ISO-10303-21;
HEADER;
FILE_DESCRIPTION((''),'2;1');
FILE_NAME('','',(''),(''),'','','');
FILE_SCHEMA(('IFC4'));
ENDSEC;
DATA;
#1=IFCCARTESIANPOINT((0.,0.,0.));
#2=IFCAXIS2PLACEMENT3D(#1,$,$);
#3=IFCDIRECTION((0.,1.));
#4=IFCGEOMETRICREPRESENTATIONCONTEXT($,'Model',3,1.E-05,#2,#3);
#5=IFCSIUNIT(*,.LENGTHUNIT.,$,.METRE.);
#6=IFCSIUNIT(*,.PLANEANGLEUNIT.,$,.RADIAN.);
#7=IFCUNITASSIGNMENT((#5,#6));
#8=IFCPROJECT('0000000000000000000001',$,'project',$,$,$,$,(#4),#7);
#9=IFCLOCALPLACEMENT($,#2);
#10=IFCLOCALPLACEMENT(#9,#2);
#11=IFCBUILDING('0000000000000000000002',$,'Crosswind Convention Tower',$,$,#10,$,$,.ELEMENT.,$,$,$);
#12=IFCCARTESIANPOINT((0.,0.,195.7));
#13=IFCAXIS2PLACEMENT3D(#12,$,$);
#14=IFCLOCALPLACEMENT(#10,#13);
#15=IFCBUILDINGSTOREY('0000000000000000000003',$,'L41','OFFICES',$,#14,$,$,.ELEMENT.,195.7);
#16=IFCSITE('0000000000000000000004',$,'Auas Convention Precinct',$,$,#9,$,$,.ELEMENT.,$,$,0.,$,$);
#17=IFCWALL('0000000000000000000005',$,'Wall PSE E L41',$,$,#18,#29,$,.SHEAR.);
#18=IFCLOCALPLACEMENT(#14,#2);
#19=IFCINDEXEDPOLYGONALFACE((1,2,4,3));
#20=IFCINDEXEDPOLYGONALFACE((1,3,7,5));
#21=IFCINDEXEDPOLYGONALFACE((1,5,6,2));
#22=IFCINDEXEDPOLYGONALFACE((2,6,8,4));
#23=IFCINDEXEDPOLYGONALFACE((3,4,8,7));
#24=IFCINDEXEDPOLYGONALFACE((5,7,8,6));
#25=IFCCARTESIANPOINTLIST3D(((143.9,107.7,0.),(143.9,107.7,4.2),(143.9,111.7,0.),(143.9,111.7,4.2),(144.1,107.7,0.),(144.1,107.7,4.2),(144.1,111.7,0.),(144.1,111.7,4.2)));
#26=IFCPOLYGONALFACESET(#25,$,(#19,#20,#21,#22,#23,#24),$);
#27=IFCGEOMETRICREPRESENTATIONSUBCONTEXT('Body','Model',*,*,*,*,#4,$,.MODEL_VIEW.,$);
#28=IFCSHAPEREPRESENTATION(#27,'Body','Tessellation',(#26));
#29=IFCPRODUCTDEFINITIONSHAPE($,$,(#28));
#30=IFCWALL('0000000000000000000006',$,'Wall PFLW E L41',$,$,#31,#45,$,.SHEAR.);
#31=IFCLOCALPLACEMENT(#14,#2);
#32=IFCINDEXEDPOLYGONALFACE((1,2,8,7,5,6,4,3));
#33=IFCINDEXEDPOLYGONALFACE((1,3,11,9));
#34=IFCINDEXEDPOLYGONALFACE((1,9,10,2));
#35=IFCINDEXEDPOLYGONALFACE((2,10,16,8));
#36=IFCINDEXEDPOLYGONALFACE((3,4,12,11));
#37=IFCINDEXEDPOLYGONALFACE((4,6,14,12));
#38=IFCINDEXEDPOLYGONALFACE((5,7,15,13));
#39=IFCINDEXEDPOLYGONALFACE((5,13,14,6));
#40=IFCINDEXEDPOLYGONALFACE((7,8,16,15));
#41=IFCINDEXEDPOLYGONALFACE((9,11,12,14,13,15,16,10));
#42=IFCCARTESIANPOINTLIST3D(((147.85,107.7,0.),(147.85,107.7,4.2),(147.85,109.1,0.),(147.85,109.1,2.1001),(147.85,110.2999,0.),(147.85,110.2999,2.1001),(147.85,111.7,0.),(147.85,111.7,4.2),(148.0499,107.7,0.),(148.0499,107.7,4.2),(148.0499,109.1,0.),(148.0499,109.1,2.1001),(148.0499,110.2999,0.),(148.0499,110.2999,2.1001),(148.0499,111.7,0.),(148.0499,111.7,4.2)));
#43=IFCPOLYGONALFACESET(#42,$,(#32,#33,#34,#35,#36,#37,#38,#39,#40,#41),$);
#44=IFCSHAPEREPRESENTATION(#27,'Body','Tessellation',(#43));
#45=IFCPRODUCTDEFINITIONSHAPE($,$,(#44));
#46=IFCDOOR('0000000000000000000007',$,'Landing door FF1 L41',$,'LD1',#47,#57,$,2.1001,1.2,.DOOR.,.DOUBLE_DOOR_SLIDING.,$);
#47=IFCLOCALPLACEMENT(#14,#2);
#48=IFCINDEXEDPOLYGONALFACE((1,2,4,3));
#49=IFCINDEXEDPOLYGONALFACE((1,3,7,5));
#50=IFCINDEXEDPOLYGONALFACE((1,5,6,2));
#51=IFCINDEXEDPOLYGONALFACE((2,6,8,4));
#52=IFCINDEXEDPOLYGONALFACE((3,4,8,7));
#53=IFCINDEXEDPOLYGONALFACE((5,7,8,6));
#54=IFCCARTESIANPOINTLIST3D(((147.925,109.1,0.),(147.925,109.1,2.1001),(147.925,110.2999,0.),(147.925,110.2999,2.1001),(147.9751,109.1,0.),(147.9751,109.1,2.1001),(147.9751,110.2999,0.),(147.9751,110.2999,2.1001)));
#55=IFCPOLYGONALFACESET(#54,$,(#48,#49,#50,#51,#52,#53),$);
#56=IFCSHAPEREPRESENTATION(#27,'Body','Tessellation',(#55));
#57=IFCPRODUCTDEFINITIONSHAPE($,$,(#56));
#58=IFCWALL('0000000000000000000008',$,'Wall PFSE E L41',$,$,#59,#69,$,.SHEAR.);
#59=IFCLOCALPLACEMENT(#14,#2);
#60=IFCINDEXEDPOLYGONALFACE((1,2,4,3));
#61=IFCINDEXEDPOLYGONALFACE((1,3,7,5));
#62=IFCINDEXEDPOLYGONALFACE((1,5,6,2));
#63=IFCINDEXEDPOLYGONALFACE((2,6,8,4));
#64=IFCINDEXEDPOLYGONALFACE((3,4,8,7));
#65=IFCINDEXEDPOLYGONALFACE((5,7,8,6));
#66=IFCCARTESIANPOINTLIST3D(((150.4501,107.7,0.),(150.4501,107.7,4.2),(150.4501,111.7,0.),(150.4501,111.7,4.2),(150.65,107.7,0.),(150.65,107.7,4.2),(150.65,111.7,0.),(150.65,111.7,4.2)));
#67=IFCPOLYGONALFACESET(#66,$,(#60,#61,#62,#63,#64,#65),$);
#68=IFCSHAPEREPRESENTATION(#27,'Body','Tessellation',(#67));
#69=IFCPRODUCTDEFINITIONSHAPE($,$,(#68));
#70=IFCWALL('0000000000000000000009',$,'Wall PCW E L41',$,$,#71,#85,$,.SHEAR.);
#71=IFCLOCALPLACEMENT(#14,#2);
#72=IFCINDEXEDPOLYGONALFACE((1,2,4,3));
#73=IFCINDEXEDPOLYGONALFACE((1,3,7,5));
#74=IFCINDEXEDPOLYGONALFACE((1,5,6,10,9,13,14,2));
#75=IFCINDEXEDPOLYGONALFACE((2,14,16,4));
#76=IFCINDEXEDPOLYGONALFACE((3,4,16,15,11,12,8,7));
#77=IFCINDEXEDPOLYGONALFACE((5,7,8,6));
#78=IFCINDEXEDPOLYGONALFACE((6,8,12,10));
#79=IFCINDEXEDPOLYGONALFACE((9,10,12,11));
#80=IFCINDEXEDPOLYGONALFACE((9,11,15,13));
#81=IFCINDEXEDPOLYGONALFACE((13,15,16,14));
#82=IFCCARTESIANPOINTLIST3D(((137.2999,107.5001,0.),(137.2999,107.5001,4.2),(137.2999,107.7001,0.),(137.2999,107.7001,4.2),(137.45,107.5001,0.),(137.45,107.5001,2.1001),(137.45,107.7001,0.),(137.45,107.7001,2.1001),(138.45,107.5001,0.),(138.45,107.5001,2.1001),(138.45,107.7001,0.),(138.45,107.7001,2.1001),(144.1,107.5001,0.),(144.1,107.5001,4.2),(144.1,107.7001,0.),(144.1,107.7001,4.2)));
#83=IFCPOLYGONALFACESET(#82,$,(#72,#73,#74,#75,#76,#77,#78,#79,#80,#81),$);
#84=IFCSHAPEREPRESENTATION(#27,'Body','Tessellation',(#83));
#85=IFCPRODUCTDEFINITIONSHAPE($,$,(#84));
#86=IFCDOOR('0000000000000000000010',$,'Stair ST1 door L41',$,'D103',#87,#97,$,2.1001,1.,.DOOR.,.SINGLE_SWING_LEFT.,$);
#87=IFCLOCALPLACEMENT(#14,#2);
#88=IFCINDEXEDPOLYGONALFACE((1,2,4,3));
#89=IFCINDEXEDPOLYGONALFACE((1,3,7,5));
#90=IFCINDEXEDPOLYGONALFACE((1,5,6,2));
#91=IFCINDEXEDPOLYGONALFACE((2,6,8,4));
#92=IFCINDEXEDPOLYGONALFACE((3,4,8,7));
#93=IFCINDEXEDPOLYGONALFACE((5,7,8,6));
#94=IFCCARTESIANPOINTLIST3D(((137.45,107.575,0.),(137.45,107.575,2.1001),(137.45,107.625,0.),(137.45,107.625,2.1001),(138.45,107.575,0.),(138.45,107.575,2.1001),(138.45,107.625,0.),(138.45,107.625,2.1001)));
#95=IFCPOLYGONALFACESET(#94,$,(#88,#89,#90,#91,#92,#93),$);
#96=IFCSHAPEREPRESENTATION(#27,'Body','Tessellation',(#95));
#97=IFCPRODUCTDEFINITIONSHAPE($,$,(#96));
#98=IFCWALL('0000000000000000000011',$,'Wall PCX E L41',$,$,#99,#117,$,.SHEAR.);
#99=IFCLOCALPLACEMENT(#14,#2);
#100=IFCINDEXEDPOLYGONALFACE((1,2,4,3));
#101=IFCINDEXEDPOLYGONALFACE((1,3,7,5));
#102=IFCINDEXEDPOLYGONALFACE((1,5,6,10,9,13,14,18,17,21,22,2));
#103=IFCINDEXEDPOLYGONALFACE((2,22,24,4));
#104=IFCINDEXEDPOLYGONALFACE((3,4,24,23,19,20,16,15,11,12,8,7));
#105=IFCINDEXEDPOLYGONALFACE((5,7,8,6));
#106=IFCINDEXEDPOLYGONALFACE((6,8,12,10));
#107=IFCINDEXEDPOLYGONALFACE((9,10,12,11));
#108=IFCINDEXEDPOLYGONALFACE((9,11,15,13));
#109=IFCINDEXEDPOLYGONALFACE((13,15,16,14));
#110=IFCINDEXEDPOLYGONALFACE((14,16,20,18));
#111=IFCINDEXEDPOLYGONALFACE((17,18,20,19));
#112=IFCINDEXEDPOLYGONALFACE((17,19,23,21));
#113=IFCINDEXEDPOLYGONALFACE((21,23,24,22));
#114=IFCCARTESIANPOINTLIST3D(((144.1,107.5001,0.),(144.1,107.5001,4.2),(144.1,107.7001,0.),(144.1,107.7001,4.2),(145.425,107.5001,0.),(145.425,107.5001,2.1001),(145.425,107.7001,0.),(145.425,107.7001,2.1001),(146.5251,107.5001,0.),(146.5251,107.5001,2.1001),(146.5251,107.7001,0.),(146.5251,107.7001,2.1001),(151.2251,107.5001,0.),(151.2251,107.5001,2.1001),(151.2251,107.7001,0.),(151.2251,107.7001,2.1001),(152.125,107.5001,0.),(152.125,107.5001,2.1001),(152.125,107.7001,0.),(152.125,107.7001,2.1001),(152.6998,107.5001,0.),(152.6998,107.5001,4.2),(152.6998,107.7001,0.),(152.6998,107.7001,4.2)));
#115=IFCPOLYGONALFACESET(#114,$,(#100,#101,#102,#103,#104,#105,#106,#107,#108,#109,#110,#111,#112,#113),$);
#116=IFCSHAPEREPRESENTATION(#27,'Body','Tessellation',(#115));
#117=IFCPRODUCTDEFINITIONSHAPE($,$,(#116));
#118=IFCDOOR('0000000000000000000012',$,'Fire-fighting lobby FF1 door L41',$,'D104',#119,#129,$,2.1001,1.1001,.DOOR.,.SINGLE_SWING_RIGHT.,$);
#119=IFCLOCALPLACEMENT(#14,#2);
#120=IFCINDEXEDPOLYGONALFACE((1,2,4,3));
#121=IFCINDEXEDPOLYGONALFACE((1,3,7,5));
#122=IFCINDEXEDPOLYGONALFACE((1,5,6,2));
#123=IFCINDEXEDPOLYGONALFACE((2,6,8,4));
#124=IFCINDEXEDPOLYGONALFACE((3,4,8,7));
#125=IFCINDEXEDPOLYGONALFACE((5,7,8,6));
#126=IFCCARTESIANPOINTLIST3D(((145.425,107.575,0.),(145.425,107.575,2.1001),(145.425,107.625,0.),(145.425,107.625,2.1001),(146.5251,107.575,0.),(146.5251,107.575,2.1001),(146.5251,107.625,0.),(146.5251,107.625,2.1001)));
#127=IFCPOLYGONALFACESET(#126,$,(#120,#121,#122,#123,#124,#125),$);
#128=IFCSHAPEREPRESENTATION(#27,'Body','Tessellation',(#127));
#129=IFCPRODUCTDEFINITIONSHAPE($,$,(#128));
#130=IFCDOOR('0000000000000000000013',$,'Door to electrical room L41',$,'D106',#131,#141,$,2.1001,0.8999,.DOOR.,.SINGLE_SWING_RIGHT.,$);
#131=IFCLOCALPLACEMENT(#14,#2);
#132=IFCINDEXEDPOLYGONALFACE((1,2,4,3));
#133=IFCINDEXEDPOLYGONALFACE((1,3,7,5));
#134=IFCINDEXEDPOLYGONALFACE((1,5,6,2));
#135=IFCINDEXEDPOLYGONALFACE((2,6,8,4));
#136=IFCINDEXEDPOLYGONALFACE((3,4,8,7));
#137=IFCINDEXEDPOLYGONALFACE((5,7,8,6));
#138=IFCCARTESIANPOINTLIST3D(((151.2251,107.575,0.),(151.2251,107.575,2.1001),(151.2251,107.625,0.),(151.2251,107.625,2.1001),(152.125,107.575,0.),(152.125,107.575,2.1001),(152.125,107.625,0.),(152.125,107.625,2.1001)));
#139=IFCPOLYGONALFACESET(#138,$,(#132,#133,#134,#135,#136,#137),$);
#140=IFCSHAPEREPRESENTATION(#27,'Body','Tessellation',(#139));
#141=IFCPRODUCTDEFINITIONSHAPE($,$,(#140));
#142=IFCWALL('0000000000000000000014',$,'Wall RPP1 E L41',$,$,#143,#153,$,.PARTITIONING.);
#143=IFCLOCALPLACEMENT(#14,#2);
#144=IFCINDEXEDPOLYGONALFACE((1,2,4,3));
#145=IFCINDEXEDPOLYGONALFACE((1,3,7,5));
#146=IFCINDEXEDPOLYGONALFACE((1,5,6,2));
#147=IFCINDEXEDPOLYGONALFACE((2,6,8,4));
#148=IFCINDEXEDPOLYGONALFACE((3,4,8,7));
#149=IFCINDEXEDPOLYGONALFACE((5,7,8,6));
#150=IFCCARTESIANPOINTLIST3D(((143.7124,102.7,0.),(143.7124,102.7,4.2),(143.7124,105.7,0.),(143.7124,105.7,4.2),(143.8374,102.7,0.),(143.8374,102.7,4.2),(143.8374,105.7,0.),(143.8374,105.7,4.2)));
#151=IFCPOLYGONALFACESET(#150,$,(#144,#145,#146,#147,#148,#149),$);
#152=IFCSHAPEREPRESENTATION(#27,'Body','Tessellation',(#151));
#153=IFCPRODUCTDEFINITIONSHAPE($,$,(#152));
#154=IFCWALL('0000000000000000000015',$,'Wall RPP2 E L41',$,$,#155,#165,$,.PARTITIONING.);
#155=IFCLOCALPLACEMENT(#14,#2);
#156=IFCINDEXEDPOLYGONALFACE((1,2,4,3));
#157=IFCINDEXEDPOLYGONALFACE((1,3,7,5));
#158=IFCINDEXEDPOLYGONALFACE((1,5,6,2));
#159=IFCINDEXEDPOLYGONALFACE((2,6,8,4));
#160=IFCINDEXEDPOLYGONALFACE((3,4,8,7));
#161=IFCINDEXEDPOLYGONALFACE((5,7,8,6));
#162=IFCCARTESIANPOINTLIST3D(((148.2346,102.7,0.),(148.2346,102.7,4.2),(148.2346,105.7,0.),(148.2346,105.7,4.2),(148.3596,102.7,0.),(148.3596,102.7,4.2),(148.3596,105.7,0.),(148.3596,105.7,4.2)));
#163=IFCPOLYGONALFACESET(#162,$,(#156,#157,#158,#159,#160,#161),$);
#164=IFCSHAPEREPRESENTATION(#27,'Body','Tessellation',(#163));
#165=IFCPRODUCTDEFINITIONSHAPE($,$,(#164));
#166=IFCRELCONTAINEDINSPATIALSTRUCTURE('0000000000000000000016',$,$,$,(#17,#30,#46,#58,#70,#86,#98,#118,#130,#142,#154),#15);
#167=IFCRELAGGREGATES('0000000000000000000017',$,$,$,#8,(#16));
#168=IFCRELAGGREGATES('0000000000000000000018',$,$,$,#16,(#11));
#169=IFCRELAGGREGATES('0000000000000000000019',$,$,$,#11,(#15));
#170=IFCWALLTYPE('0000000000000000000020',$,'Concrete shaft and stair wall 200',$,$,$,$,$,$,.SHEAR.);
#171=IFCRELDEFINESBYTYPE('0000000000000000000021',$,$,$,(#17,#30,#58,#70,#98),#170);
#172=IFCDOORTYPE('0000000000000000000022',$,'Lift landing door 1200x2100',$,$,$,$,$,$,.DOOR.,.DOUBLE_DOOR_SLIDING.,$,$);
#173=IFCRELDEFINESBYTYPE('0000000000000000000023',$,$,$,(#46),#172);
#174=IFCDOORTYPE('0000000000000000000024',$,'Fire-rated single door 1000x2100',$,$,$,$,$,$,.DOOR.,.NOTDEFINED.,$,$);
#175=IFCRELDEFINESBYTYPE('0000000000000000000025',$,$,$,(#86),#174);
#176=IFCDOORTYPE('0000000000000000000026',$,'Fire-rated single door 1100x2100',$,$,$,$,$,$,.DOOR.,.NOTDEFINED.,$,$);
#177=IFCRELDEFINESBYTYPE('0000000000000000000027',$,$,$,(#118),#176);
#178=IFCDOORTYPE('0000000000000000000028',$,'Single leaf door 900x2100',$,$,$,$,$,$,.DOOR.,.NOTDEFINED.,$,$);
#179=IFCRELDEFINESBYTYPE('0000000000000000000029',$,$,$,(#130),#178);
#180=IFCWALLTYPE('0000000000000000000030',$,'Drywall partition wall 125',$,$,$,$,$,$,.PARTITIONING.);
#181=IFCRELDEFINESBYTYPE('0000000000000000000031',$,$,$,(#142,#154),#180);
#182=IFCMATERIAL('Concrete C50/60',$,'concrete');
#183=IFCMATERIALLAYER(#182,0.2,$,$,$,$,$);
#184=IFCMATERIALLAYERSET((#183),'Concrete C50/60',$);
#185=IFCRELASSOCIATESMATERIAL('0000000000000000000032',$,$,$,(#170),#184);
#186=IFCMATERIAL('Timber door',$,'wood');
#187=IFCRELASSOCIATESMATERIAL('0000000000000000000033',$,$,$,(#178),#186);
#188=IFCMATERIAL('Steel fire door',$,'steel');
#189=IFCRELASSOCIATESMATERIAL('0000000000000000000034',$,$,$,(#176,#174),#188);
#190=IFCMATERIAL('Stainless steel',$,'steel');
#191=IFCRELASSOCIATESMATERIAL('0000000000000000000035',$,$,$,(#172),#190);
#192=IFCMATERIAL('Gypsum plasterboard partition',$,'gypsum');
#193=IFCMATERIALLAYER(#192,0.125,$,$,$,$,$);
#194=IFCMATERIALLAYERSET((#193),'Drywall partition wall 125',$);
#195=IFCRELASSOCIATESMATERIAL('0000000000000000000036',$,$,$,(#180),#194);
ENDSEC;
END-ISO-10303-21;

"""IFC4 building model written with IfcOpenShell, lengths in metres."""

from ifc_helpers import new_model, si_unit, direction, frame, frame_2d, origin, place, context, subcontext, project, spatial, rectangle, extrude, material, layer, layer_set, type_object, element, fill, save


model = new_model("IFC4")

# Units and contexts
model_context = context("Model", 3, precision=1e-05, world=origin(), true_north=direction((0.0, 1.0)))
body_context = subcontext(model_context, "Body", "Model", "MODEL_VIEW")
ifc_project = project(units=[si_unit("LENGTHUNIT", "METRE"), si_unit("PLANEANGLEUNIT", "RADIAN")], contexts=[model_context])

# Site, building, storey
site_placement = place(None, origin())
site = spatial("IfcSite", under=ifc_project, at=site_placement, Name="Auas Convention Precinct", CompositionType="ELEMENT", RefElevation=0.0)
building_placement = place(site_placement, origin())
building = spatial("IfcBuilding", under=site, at=building_placement, Name="Crosswind Convention Tower", CompositionType="ELEMENT")
storey_placement = place(building_placement, frame((0.0, 0.0, 195.7)))
storey = spatial("IfcBuildingStorey", under=building, at=storey_placement, Name="L41", Description="OFFICES", CompositionType="ELEMENT", Elevation=195.7)

# Shared definitions
ifc_material_1 = material(Name="Concrete C50/60", Category="concrete")
ifc_layer_1 = layer(ifc_material_1, 0.2)
ifc_layer_set_1 = layer_set([ifc_layer_1], Name="Concrete C50/60")
wall_type_1 = type_object("IfcWallType", Name="Concrete shaft and stair wall 200", PredefinedType="SHEAR", material=ifc_layer_set_1)

# Shared definitions
ifc_material_2 = material(Name="Timber door", Category="wood")
door_type_1 = type_object("IfcDoorType", Name="Single leaf door 900x2100", OperationType="NOTDEFINED", PredefinedType="DOOR", material=ifc_material_2)

# Shared definitions
ifc_material_3 = material(Name="Steel fire door", Category="steel")
door_type_2 = type_object("IfcDoorType", Name="Fire-rated single door 1100x2100", OperationType="NOTDEFINED", PredefinedType="DOOR", material=ifc_material_3)

# Wall
wall_1_placement = place(storey_placement, frame((144.0, 107.7, 0.0), z_axis=(0.0, 0.0, 1.0), x_axis=(0.0, 1.0, 0.0)))
element("IfcWall", 1, at=wall_1_placement, inside=storey, type_object=wall_type_1, Name="Wall PSE E L41", PredefinedType="SHEAR", context=body_context, shape_type="SweptSolid", body=[
    extrude(rectangle(XDim=4.0, YDim=0.2, at=frame_2d((2.0, 0.0))), origin(), (0.0, 0.0, 1.0), 4.2),
])

# Wall, opening, door
wall_2_placement = place(storey_placement, frame((147.95, 107.7, 0.0), z_axis=(0.0, 0.0, 1.0), x_axis=(0.0, 1.0, 0.0)))
wall_2 = element("IfcWall", 2, at=wall_2_placement, inside=storey, type_object=wall_type_1, Name="Wall PFLW E L41", PredefinedType="SHEAR", context=body_context, shape_type="SweptSolid", body=[
    extrude(rectangle(XDim=4.0, YDim=0.2, at=frame_2d((2.0, 0.0))), origin(), (0.0, 0.0, 1.0), 4.2),
])
opening_1_placement = place(wall_2_placement, frame((1.3999, 0.0, 0.0)))
opening_1 = element("IfcOpeningElement", 3, at=opening_1_placement, cuts=wall_2, PredefinedType="OPENING", context=body_context, shape_type="SweptSolid", body=[
    extrude(rectangle(XDim=1.2, YDim=2.1001, at=frame_2d((0.6001, 1.05))), frame((0.0, 0.1099, 0.0), z_axis=(0.0, -1.0, 0.0), x_axis=(1.0, 0.0, 0.0)), (0.0, 0.0, 1.0), 0.22),
])
ifc_material_4 = material(Name="Stainless steel", Category="steel")
door_type_3 = type_object("IfcDoorType", Name="Lift landing door 1200x2100", OperationType="DOUBLE_DOOR_SLIDING", PredefinedType="DOOR", material=ifc_material_4)
door_1_placement = place(opening_1_placement, origin())
door_1 = element("IfcDoor", 4, at=door_1_placement, inside=storey, type_object=door_type_3, Name="Landing door FF1 L41", ObjectType="LD1", OperationType="DOUBLE_DOOR_SLIDING", OverallHeight=2.1001, OverallWidth=1.2, PredefinedType="DOOR", context=body_context, shape_type="SweptSolid", body=[
    extrude(rectangle(XDim=1.2, YDim=2.1001, at=frame_2d((0.6001, 1.05))), frame((0.0, 0.0249, 0.0), z_axis=(0.0, -1.0, 0.0), x_axis=(1.0, 0.0, 0.0)), (0.0, 0.0, 1.0), 0.05),
])
fill(opening_1, door_1)

# Wall
wall_3_placement = place(storey_placement, frame((150.55, 107.7, 0.0), z_axis=(0.0, 0.0, 1.0), x_axis=(0.0, 1.0, 0.0)))
element("IfcWall", 5, at=wall_3_placement, inside=storey, type_object=wall_type_1, Name="Wall PFSE E L41", PredefinedType="SHEAR", context=body_context, shape_type="SweptSolid", body=[
    extrude(rectangle(XDim=4.0, YDim=0.2, at=frame_2d((2.0, 0.0))), origin(), (0.0, 0.0, 1.0), 4.2),
])

# Wall, opening, door
wall_4_placement = place(storey_placement, frame((137.3, 107.6001, 0.0), z_axis=(0.0, 0.0, 1.0), x_axis=(1.0, 0.0, 0.0)))
wall_4 = element("IfcWall", 6, at=wall_4_placement, inside=storey, type_object=wall_type_1, Name="Wall PCW E L41", PredefinedType="SHEAR", context=body_context, shape_type="SweptSolid", body=[
    extrude(rectangle(XDim=6.8, YDim=0.2, at=frame_2d((3.3999, 0.0))), origin(), (0.0, 0.0, 1.0), 4.2),
])
opening_2_placement = place(wall_4_placement, frame((0.1499, 0.0, 0.0)))
opening_2 = element("IfcOpeningElement", 7, at=opening_2_placement, cuts=wall_4, PredefinedType="OPENING", context=body_context, shape_type="SweptSolid", body=[
    extrude(rectangle(XDim=1.0, YDim=2.1001, at=frame_2d((0.5, 1.05))), frame((0.0, 0.1099, 0.0), z_axis=(0.0, -1.0, 0.0), x_axis=(1.0, 0.0, 0.0)), (0.0, 0.0, 1.0), 0.22),
])
door_type_4 = type_object("IfcDoorType", Name="Fire-rated single door 1000x2100", OperationType="NOTDEFINED", PredefinedType="DOOR", material=ifc_material_3)
door_2_placement = place(opening_2_placement, origin())
door_2 = element("IfcDoor", 8, at=door_2_placement, inside=storey, type_object=door_type_4, Name="Stair ST1 door L41", ObjectType="D103", OperationType="SINGLE_SWING_LEFT", OverallHeight=2.1001, OverallWidth=1.0, PredefinedType="DOOR", context=body_context, shape_type="SweptSolid", body=[
    extrude(rectangle(XDim=1.0, YDim=2.1001, at=frame_2d((0.5, 1.05))), frame((0.0, 0.0249, 0.0), z_axis=(0.0, -1.0, 0.0), x_axis=(1.0, 0.0, 0.0)), (0.0, 0.0, 1.0), 0.05),
])
fill(opening_2, door_2)

# Wall, openings, doors
wall_5_placement = place(storey_placement, frame((144.1001, 107.6001, 0.0), z_axis=(0.0, 0.0, 1.0), x_axis=(1.0, 0.0, 0.0)))
wall_5 = element("IfcWall", 9, at=wall_5_placement, inside=storey, type_object=wall_type_1, Name="Wall PCX E L41", PredefinedType="SHEAR", context=body_context, shape_type="SweptSolid", body=[
    extrude(rectangle(XDim=8.5999, YDim=0.2, at=frame_2d((4.2998, 0.0))), origin(), (0.0, 0.0, 1.0), 4.2),
])
opening_3_placement = place(wall_5_placement, frame((1.325, 0.0, 0.0)))
opening_3 = element("IfcOpeningElement", 10, at=opening_3_placement, cuts=wall_5, PredefinedType="OPENING", context=body_context, shape_type="SweptSolid", body=[
    extrude(rectangle(XDim=1.1001, YDim=2.1001, at=frame_2d((0.55, 1.05))), frame((0.0, 0.1099, 0.0), z_axis=(0.0, -1.0, 0.0), x_axis=(1.0, 0.0, 0.0)), (0.0, 0.0, 1.0), 0.22),
])
opening_4_placement = place(wall_5_placement, frame((7.125, 0.0, 0.0)))
opening_4 = element("IfcOpeningElement", 11, at=opening_4_placement, cuts=wall_5, PredefinedType="OPENING", context=body_context, shape_type="SweptSolid", body=[
    extrude(rectangle(XDim=0.8999, YDim=2.1001, at=frame_2d((0.45, 1.05))), frame((0.0, 0.1099, 0.0), z_axis=(0.0, -1.0, 0.0), x_axis=(1.0, 0.0, 0.0)), (0.0, 0.0, 1.0), 0.22),
])
door_3_placement = place(opening_3_placement, origin())
door_3 = element("IfcDoor", 12, at=door_3_placement, inside=storey, type_object=door_type_2, Name="Fire-fighting lobby FF1 door L41", ObjectType="D104", OperationType="SINGLE_SWING_RIGHT", OverallHeight=2.1001, OverallWidth=1.1001, PredefinedType="DOOR", context=body_context, shape_type="SweptSolid", body=[
    extrude(rectangle(XDim=1.1001, YDim=2.1001, at=frame_2d((0.55, 1.05))), frame((0.0, 0.0249, 0.0), z_axis=(0.0, -1.0, 0.0), x_axis=(1.0, 0.0, 0.0)), (0.0, 0.0, 1.0), 0.05),
])
fill(opening_3, door_3)
door_4_placement = place(opening_4_placement, origin())
door_4 = element("IfcDoor", 13, at=door_4_placement, inside=storey, type_object=door_type_1, Name="Door to electrical room L41", ObjectType="D106", OperationType="SINGLE_SWING_RIGHT", OverallHeight=2.1001, OverallWidth=0.8999, PredefinedType="DOOR", context=body_context, shape_type="SweptSolid", body=[
    extrude(rectangle(XDim=0.8999, YDim=2.1001, at=frame_2d((0.45, 1.05))), frame((0.0, 0.0249, 0.0), z_axis=(0.0, -1.0, 0.0), x_axis=(1.0, 0.0, 0.0)), (0.0, 0.0, 1.0), 0.05),
])
fill(opening_4, door_4)

# Walls
ifc_material_5 = material(Name="Gypsum plasterboard partition", Category="gypsum")
ifc_layer_2 = layer(ifc_material_5, 0.125)
ifc_layer_set_2 = layer_set([ifc_layer_2], Name="Drywall partition wall 125")
wall_type_2 = type_object("IfcWallType", Name="Drywall partition wall 125", PredefinedType="PARTITIONING", material=ifc_layer_set_2)
for number, where, z_axis, x_axis, name in (
    (14, (143.7749, 102.7, 0.0), (0.0, 0.0, 1.0), (0.0, 1.0, 0.0), "Wall RPP1 E L41"),
    (15, (148.2971, 102.7, 0.0), (0.0, 0.0, 1.0), (0.0, 1.0, 0.0), "Wall RPP2 E L41"),
):
    element("IfcWall", number, at=place(storey_placement, frame(where, z_axis=z_axis, x_axis=x_axis)), inside=storey, type_object=wall_type_2, Name=name, PredefinedType="PARTITIONING", context=body_context, shape_type="SweptSolid", body=[
        extrude(rectangle(XDim=3.0, YDim=0.125, at=frame_2d((1.5, 0.0))), origin(), (0.0, 0.0, 1.0), 4.2),
    ])

save(model, "model.ifc")
